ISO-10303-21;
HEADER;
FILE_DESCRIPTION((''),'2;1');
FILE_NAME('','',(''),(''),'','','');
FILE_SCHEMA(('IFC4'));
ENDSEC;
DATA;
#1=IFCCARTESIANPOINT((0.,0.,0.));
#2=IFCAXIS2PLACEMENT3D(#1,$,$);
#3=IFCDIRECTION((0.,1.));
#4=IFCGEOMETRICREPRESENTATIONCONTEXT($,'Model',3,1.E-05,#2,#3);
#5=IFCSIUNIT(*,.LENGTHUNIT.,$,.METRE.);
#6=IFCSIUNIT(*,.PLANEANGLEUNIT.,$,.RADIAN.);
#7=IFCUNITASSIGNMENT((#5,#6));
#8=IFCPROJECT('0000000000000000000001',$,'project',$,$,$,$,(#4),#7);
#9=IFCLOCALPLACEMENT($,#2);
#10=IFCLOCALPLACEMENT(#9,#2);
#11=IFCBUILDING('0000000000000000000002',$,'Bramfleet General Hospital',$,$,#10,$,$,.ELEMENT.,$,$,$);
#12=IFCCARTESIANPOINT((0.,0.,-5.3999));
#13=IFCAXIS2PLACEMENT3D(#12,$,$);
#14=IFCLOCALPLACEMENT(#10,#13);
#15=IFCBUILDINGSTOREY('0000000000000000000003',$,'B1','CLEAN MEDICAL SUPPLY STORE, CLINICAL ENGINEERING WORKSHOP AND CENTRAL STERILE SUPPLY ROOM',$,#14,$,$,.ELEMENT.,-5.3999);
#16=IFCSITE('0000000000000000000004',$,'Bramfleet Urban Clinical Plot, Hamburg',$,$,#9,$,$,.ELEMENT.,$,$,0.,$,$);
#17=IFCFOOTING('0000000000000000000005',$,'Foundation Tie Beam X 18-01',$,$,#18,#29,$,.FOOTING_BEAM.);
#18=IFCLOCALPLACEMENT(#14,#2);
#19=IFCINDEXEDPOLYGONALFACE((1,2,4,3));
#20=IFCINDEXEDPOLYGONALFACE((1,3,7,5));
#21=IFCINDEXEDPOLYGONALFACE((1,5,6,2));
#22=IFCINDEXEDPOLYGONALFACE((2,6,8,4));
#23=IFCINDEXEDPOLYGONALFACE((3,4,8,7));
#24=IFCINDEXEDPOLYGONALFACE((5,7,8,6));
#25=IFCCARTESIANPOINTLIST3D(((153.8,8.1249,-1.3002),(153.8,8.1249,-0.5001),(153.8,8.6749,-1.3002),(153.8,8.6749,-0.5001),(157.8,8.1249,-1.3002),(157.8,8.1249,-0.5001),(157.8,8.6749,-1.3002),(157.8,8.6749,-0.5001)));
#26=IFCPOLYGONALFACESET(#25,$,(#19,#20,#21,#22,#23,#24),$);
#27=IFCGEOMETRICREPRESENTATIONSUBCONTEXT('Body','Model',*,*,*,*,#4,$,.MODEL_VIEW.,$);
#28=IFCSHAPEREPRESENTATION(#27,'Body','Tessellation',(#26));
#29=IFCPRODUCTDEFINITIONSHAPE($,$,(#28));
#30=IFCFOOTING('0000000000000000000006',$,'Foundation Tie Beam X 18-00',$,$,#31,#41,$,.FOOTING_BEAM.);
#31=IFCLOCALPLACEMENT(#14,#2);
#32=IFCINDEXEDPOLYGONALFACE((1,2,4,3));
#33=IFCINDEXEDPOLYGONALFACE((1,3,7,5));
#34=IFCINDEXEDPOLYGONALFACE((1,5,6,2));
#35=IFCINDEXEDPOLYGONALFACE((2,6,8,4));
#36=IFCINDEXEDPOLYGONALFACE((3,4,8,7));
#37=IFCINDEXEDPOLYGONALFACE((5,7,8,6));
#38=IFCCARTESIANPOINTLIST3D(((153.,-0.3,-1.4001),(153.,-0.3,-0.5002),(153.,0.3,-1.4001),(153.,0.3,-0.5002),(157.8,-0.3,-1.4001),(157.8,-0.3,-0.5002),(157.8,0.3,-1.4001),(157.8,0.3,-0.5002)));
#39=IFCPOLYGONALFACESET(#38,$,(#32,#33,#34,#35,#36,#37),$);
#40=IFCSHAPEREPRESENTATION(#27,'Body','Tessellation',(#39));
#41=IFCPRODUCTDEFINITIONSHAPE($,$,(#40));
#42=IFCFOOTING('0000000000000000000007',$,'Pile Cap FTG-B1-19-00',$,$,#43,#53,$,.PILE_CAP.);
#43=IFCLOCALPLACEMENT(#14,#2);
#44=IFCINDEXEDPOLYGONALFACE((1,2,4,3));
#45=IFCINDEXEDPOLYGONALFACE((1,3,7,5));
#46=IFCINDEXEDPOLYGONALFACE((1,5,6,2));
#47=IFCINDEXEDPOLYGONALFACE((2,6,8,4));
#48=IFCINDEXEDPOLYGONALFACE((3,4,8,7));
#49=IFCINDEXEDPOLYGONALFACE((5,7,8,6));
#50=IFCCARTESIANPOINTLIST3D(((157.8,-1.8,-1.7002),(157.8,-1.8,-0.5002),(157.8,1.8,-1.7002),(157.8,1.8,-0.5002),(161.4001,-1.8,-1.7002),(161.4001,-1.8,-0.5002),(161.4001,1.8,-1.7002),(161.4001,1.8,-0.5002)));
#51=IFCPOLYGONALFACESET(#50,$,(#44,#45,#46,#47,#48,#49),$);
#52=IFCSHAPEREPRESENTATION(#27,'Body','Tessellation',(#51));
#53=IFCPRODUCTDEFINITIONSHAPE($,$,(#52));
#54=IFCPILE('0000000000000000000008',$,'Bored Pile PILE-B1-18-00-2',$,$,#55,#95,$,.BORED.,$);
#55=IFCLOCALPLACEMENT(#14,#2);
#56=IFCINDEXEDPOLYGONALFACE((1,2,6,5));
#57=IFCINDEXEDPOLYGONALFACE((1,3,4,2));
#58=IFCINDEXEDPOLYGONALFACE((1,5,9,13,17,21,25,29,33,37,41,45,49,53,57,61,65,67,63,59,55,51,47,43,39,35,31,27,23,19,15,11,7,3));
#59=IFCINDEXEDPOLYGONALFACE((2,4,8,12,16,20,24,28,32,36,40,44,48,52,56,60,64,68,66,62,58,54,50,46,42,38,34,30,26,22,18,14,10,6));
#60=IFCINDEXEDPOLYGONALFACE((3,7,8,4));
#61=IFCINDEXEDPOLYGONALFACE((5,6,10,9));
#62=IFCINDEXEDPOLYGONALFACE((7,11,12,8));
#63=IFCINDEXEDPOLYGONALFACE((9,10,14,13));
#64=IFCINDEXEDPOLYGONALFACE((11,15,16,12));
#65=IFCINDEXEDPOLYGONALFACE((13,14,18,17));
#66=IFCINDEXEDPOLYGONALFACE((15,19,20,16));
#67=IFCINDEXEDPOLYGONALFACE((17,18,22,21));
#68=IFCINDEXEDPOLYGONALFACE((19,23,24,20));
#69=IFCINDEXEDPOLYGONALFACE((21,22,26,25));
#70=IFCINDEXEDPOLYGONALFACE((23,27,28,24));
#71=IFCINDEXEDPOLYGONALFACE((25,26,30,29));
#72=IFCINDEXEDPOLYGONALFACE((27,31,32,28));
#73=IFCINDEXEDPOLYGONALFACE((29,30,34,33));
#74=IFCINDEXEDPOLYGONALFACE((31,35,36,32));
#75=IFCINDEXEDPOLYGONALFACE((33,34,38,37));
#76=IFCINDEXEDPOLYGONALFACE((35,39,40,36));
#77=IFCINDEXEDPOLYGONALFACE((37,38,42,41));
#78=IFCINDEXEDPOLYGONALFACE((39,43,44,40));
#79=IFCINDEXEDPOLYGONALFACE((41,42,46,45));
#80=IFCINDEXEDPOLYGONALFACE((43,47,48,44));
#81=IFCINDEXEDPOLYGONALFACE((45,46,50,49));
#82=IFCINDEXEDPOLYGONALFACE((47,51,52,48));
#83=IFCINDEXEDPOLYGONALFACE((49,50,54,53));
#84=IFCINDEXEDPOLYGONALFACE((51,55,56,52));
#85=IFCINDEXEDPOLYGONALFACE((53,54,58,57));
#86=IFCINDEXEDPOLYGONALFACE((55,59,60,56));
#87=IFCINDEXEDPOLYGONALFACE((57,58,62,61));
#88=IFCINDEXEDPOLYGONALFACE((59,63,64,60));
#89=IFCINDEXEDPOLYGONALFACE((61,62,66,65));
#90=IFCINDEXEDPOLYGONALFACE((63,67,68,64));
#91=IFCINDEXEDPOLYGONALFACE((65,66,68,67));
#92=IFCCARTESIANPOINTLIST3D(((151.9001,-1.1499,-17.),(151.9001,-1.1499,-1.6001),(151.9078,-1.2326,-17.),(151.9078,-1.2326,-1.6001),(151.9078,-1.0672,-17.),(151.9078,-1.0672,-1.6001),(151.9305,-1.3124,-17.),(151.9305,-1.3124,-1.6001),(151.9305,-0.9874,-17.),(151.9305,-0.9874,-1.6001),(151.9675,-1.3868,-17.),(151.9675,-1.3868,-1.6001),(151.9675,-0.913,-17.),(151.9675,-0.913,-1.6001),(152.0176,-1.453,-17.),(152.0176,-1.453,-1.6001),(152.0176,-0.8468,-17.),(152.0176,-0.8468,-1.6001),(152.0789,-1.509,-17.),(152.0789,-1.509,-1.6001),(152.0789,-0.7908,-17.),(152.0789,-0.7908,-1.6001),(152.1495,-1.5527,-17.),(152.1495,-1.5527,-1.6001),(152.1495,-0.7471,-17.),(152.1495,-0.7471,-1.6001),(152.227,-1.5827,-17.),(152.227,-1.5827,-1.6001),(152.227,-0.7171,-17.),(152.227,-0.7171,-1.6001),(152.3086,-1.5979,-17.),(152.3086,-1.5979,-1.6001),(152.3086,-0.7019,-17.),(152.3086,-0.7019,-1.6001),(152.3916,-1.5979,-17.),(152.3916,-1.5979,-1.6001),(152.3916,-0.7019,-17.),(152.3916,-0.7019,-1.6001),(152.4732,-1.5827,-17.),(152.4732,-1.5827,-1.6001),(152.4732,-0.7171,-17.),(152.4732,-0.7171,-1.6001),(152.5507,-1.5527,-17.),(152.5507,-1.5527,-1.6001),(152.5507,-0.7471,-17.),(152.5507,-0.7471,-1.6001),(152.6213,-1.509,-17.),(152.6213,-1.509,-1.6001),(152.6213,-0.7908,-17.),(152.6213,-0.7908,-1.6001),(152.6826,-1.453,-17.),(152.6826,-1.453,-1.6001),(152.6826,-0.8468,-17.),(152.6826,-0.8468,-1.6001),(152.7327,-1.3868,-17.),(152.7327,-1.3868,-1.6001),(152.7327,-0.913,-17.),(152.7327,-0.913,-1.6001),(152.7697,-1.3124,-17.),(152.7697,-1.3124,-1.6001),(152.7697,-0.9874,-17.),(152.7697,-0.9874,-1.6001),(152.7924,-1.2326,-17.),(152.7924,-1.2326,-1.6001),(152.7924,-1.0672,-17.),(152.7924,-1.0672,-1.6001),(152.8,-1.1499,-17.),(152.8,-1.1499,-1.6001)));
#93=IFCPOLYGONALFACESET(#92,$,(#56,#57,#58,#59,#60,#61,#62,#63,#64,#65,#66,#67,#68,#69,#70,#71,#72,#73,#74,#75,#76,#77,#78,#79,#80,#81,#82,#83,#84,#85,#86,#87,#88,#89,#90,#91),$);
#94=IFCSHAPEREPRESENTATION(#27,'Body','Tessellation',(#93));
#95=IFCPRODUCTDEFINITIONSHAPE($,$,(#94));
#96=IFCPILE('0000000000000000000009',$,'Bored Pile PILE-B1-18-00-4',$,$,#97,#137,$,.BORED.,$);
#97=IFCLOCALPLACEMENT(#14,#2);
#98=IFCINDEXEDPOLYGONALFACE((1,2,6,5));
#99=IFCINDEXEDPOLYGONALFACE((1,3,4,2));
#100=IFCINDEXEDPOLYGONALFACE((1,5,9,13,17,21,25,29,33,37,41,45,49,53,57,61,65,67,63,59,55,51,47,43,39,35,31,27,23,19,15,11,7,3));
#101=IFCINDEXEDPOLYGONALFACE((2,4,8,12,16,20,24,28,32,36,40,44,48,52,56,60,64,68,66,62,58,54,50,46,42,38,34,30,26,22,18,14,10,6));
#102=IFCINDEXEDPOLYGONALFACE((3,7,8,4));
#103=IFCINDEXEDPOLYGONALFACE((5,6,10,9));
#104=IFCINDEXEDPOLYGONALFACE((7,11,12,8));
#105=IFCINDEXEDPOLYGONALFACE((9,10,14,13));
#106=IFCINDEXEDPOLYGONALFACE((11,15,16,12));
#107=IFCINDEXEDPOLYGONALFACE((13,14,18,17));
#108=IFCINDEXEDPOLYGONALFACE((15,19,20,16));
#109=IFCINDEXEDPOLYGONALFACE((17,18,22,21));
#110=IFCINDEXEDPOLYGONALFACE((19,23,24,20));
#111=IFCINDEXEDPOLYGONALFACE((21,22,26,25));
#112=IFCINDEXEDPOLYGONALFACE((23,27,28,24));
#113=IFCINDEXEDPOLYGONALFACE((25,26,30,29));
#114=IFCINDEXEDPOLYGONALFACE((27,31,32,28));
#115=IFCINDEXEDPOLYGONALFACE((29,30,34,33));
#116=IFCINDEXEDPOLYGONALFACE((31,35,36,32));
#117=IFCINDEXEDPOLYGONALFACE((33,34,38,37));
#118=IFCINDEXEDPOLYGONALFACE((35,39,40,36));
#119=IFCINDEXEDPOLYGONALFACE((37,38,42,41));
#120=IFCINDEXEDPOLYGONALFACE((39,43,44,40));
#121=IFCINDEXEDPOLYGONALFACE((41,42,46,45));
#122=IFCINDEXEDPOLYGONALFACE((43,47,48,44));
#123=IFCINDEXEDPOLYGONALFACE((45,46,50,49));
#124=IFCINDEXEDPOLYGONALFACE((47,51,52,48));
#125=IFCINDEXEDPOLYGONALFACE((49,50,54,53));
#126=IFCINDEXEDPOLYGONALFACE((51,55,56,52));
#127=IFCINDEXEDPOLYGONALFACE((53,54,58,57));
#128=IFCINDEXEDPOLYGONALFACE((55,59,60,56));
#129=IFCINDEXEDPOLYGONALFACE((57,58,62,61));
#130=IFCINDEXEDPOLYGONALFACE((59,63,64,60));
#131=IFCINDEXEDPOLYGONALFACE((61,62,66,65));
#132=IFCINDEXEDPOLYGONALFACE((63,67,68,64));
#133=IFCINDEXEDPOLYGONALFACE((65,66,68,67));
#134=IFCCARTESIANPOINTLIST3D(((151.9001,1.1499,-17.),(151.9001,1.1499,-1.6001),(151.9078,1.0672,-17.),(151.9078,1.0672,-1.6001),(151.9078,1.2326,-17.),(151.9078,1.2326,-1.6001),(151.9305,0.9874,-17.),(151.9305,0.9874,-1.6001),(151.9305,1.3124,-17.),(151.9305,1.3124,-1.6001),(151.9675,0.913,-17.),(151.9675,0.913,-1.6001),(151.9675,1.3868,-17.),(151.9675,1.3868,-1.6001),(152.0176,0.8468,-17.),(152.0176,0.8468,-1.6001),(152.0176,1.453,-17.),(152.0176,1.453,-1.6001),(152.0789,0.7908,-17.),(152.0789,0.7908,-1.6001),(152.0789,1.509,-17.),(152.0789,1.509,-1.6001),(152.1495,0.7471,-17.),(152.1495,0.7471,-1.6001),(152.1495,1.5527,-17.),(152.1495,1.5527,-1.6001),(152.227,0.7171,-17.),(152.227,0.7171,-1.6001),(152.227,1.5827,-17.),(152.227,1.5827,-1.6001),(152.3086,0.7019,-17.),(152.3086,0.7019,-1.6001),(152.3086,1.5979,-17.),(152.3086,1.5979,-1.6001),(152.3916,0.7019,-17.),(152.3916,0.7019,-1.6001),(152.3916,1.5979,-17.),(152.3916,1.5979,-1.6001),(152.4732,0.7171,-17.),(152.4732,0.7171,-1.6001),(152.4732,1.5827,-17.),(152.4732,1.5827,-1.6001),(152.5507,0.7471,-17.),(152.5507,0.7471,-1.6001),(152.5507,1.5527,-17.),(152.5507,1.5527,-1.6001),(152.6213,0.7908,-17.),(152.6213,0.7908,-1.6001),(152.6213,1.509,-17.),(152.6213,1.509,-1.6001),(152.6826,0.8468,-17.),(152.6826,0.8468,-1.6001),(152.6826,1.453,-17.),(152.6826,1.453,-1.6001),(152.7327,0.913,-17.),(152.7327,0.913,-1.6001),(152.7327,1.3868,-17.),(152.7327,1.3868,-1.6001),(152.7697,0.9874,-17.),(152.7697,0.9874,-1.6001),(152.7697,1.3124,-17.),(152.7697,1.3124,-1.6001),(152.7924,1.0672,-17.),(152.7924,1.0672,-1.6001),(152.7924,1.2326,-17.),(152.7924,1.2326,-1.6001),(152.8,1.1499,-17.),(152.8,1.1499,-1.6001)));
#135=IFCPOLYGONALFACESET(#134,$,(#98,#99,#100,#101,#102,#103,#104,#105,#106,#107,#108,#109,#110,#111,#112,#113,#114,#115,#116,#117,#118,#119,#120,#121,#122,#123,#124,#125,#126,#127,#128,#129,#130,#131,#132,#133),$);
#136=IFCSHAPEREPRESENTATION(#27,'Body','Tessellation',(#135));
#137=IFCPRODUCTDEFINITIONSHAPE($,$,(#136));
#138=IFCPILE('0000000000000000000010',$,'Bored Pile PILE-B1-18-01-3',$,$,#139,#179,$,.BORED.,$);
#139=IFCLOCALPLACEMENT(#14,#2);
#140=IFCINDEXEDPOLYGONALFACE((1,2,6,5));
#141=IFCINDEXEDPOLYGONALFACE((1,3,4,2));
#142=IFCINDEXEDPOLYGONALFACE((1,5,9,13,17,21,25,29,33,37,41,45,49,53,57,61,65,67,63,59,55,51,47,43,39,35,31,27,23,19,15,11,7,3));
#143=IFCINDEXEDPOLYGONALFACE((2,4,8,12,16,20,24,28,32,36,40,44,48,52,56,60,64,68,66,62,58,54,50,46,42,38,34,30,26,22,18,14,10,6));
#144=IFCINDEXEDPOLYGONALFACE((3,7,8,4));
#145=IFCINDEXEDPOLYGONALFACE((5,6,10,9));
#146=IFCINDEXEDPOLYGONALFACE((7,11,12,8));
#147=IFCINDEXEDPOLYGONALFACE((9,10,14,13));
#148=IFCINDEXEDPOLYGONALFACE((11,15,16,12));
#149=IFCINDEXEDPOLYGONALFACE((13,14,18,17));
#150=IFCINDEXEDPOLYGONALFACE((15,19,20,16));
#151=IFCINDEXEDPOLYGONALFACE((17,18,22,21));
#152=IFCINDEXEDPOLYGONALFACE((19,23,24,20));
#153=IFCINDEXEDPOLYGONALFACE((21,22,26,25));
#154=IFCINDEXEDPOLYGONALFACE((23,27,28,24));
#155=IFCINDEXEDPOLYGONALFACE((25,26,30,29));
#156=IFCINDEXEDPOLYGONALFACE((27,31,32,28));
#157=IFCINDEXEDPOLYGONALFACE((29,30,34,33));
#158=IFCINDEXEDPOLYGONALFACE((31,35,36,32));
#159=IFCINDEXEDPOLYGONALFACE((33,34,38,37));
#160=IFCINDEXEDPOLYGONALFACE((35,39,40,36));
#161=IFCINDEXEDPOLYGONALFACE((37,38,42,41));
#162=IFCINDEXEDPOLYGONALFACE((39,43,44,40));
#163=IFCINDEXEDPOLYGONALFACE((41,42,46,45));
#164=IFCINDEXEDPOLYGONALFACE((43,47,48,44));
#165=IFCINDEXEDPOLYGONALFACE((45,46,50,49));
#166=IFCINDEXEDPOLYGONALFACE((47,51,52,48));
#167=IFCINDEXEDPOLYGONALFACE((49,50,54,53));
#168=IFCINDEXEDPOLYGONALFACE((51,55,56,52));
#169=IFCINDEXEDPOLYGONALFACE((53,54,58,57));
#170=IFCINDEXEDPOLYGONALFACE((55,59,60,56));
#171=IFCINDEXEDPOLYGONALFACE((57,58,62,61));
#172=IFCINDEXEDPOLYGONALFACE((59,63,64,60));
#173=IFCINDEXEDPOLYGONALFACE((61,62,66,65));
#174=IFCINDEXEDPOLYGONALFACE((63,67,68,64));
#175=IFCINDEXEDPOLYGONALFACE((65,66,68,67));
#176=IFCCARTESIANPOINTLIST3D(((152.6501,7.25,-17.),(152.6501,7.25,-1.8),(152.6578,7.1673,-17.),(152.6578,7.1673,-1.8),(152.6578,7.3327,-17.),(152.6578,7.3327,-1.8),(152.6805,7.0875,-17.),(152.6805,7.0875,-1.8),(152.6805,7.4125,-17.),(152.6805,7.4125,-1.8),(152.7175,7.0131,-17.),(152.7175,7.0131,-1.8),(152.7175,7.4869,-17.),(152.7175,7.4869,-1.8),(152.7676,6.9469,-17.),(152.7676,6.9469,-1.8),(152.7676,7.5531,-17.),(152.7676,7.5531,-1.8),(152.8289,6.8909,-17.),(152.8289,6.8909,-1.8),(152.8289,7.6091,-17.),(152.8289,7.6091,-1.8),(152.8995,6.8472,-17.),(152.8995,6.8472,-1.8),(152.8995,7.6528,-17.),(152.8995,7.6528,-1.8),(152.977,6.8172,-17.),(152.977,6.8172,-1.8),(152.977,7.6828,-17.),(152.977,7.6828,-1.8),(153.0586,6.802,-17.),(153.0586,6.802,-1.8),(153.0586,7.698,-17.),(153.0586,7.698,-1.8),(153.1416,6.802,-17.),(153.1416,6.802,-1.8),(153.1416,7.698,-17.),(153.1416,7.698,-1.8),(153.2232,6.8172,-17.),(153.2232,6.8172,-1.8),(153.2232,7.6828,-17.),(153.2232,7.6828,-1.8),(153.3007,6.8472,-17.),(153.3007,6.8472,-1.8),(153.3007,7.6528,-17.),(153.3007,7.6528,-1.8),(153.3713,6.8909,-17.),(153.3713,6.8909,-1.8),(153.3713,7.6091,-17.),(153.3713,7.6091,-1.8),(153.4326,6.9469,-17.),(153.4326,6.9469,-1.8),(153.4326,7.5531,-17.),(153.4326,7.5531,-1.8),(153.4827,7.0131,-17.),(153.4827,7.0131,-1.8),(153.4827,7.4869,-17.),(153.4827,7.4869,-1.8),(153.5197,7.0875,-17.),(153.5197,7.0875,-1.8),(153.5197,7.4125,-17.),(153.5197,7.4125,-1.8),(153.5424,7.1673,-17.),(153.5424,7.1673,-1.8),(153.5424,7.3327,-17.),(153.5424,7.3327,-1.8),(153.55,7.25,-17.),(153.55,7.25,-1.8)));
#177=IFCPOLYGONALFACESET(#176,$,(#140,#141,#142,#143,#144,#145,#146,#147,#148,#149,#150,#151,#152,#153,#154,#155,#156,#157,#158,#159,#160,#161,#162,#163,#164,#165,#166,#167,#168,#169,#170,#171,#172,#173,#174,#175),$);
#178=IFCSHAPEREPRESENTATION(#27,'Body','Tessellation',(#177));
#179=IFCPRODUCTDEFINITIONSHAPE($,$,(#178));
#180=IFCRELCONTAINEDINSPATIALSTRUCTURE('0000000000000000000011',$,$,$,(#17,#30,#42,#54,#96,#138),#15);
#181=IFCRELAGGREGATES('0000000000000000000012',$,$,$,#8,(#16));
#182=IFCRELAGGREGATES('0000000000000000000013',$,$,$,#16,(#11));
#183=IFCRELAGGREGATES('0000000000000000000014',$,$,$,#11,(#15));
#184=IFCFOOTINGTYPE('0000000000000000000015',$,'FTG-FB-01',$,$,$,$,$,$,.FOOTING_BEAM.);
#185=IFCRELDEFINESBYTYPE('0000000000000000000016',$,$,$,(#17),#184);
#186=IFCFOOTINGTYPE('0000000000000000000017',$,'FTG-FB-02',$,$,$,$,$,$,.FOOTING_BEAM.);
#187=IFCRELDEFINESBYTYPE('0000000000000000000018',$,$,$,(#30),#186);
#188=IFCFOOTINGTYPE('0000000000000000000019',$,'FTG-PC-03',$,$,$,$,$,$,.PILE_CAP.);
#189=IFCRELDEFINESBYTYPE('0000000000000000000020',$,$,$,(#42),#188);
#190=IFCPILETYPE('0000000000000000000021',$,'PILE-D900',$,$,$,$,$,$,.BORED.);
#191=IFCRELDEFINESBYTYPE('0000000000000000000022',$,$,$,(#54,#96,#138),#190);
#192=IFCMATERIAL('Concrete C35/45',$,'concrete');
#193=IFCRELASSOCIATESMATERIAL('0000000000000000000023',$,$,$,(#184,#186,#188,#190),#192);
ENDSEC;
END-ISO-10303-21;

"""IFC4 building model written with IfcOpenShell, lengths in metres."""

from ifc_helpers import new_model, si_unit, direction, frame, origin, origin_2d, place, context, subcontext, project, spatial, rectangle, circle, extrude, material, material_profile, profile_set, type_object, element, save


model = new_model("IFC4")

# Units and contexts
model_context = context("Model", 3, precision=1e-05, world=origin(), true_north=direction((0.0, 1.0)))
body_context = subcontext(model_context, "Body", "Model", "MODEL_VIEW")
ifc_project = project(units=[si_unit("LENGTHUNIT", "METRE"), si_unit("PLANEANGLEUNIT", "RADIAN")], contexts=[model_context])

# Site, building, storey
site_placement = place(None, origin())
site = spatial("IfcSite", under=ifc_project, at=site_placement, Name="Bramfleet Urban Clinical Plot, Hamburg", CompositionType="ELEMENT", RefElevation=0.0)
building_placement = place(site_placement, origin())
building = spatial("IfcBuilding", under=site, at=building_placement, Name="Bramfleet General Hospital", CompositionType="ELEMENT")
storey_placement = place(building_placement, frame((0.0, 0.0, -5.3999)))
storey = spatial("IfcBuildingStorey", under=building, at=storey_placement, Name="B1", Description="CLEAN MEDICAL SUPPLY STORE, CLINICAL ENGINEERING WORKSHOP AND CENTRAL STERILE SUPPLY ROOM", CompositionType="ELEMENT", Elevation=-5.3999)

# Footings
ifc_material_1 = material(Name="Concrete C35/45", Category="concrete")
ifc_material_profile_1 = material_profile(ifc_material_1, rectangle(XDim=0.55, YDim=0.8, at=origin_2d()), Name="RC FB 800x550")
ifc_profile_set_1 = profile_set([ifc_material_profile_1], Name="Concrete C35/45")
footing_type_1 = type_object("IfcFootingType", Name="FTG-FB-01", PredefinedType="FOOTING_BEAM", material=ifc_profile_set_1)
footing_1_placement = place(storey_placement, frame((153.8, 8.3999, -0.9001), z_axis=(1.0, 0.0, 0.0), x_axis=(0.0, 1.0, 0.0)))
element("IfcFooting", 1, at=footing_1_placement, inside=storey, type_object=footing_type_1, Name="Foundation Tie Beam X 18-01", PredefinedType="FOOTING_BEAM", context=body_context, shape_type="SweptSolid", body=[
    extrude(rectangle(XDim=0.55, YDim=0.8, at=origin_2d()), origin(), (0.0, 0.0, 1.0), 4.0),
])
ifc_material_profile_2 = material_profile(ifc_material_1, rectangle(XDim=0.6001, YDim=0.8999, at=origin_2d()), Name="RC FB 900x600")
ifc_profile_set_2 = profile_set([ifc_material_profile_2], Name="Concrete C35/45")
footing_type_2 = type_object("IfcFootingType", Name="FTG-FB-02", PredefinedType="FOOTING_BEAM", material=ifc_profile_set_2)
footing_2_placement = place(storey_placement, frame((153.0, 0.0, -0.9502), z_axis=(1.0, 0.0, 0.0), x_axis=(0.0, 1.0, 0.0)))
element("IfcFooting", 2, at=footing_2_placement, inside=storey, type_object=footing_type_2, Name="Foundation Tie Beam X 18-00", PredefinedType="FOOTING_BEAM", context=body_context, shape_type="SweptSolid", body=[
    extrude(rectangle(XDim=0.6001, YDim=0.8999, at=origin_2d()), origin(), (0.0, 0.0, 1.0), 4.8),
])
footing_type_3 = type_object("IfcFootingType", Name="FTG-PC-03", PredefinedType="PILE_CAP", material=ifc_material_1)
footing_3_placement = place(storey_placement, frame((159.6001, 0.0, -1.7002), z_axis=(0.0, 0.0, 1.0), x_axis=(1.0, 0.0, 0.0)))
element("IfcFooting", 3, at=footing_3_placement, inside=storey, type_object=footing_type_3, Name="Pile Cap FTG-B1-19-00", PredefinedType="PILE_CAP", context=body_context, shape_type="SweptSolid", body=[
    extrude(rectangle(XDim=3.6001, YDim=3.6001, at=origin_2d()), origin(), (0.0, 0.0, 1.0), 1.2),
])

# Piles
ifc_material_profile_3 = material_profile(ifc_material_1, circle(Radius=0.45, at=origin_2d()), Name="PILE BORED D900")
ifc_profile_set_3 = profile_set([ifc_material_profile_3], Name="Concrete C35/45")
pile_type = type_object("IfcPileType", Name="PILE-D900", PredefinedType="BORED", material=ifc_profile_set_3)
for number, where, z_axis, x_axis, name in (
    (4, (152.3501, -1.1499, -1.6001), (0.0, 0.0, -1.0), (1.0, 0.0, 0.0), "Bored Pile PILE-B1-18-00-2"),
    (5, (152.3501, 1.1499, -1.6001), (0.0, 0.0, -1.0), (1.0, 0.0, 0.0), "Bored Pile PILE-B1-18-00-4"),
):
    element("IfcPile", number, at=place(storey_placement, frame(where, z_axis=z_axis, x_axis=x_axis)), inside=storey, type_object=pile_type, Name=name, PredefinedType="BORED", context=body_context, shape_type="SweptSolid", body=[
        extrude(circle(Radius=0.45, at=origin_2d()), origin(), (0.0, 0.0, 1.0), 15.3999),
    ])
pile_placement = place(storey_placement, frame((153.1001, 7.25, -1.8), z_axis=(0.0, 0.0, -1.0), x_axis=(1.0, 0.0, 0.0)))
element("IfcPile", 6, at=pile_placement, inside=storey, type_object=pile_type, Name="Bored Pile PILE-B1-18-01-3", PredefinedType="BORED", context=body_context, shape_type="SweptSolid", body=[
    extrude(circle(Radius=0.45, at=origin_2d()), origin(), (0.0, 0.0, 1.0), 15.2),
])

save(model, "model.ifc")
